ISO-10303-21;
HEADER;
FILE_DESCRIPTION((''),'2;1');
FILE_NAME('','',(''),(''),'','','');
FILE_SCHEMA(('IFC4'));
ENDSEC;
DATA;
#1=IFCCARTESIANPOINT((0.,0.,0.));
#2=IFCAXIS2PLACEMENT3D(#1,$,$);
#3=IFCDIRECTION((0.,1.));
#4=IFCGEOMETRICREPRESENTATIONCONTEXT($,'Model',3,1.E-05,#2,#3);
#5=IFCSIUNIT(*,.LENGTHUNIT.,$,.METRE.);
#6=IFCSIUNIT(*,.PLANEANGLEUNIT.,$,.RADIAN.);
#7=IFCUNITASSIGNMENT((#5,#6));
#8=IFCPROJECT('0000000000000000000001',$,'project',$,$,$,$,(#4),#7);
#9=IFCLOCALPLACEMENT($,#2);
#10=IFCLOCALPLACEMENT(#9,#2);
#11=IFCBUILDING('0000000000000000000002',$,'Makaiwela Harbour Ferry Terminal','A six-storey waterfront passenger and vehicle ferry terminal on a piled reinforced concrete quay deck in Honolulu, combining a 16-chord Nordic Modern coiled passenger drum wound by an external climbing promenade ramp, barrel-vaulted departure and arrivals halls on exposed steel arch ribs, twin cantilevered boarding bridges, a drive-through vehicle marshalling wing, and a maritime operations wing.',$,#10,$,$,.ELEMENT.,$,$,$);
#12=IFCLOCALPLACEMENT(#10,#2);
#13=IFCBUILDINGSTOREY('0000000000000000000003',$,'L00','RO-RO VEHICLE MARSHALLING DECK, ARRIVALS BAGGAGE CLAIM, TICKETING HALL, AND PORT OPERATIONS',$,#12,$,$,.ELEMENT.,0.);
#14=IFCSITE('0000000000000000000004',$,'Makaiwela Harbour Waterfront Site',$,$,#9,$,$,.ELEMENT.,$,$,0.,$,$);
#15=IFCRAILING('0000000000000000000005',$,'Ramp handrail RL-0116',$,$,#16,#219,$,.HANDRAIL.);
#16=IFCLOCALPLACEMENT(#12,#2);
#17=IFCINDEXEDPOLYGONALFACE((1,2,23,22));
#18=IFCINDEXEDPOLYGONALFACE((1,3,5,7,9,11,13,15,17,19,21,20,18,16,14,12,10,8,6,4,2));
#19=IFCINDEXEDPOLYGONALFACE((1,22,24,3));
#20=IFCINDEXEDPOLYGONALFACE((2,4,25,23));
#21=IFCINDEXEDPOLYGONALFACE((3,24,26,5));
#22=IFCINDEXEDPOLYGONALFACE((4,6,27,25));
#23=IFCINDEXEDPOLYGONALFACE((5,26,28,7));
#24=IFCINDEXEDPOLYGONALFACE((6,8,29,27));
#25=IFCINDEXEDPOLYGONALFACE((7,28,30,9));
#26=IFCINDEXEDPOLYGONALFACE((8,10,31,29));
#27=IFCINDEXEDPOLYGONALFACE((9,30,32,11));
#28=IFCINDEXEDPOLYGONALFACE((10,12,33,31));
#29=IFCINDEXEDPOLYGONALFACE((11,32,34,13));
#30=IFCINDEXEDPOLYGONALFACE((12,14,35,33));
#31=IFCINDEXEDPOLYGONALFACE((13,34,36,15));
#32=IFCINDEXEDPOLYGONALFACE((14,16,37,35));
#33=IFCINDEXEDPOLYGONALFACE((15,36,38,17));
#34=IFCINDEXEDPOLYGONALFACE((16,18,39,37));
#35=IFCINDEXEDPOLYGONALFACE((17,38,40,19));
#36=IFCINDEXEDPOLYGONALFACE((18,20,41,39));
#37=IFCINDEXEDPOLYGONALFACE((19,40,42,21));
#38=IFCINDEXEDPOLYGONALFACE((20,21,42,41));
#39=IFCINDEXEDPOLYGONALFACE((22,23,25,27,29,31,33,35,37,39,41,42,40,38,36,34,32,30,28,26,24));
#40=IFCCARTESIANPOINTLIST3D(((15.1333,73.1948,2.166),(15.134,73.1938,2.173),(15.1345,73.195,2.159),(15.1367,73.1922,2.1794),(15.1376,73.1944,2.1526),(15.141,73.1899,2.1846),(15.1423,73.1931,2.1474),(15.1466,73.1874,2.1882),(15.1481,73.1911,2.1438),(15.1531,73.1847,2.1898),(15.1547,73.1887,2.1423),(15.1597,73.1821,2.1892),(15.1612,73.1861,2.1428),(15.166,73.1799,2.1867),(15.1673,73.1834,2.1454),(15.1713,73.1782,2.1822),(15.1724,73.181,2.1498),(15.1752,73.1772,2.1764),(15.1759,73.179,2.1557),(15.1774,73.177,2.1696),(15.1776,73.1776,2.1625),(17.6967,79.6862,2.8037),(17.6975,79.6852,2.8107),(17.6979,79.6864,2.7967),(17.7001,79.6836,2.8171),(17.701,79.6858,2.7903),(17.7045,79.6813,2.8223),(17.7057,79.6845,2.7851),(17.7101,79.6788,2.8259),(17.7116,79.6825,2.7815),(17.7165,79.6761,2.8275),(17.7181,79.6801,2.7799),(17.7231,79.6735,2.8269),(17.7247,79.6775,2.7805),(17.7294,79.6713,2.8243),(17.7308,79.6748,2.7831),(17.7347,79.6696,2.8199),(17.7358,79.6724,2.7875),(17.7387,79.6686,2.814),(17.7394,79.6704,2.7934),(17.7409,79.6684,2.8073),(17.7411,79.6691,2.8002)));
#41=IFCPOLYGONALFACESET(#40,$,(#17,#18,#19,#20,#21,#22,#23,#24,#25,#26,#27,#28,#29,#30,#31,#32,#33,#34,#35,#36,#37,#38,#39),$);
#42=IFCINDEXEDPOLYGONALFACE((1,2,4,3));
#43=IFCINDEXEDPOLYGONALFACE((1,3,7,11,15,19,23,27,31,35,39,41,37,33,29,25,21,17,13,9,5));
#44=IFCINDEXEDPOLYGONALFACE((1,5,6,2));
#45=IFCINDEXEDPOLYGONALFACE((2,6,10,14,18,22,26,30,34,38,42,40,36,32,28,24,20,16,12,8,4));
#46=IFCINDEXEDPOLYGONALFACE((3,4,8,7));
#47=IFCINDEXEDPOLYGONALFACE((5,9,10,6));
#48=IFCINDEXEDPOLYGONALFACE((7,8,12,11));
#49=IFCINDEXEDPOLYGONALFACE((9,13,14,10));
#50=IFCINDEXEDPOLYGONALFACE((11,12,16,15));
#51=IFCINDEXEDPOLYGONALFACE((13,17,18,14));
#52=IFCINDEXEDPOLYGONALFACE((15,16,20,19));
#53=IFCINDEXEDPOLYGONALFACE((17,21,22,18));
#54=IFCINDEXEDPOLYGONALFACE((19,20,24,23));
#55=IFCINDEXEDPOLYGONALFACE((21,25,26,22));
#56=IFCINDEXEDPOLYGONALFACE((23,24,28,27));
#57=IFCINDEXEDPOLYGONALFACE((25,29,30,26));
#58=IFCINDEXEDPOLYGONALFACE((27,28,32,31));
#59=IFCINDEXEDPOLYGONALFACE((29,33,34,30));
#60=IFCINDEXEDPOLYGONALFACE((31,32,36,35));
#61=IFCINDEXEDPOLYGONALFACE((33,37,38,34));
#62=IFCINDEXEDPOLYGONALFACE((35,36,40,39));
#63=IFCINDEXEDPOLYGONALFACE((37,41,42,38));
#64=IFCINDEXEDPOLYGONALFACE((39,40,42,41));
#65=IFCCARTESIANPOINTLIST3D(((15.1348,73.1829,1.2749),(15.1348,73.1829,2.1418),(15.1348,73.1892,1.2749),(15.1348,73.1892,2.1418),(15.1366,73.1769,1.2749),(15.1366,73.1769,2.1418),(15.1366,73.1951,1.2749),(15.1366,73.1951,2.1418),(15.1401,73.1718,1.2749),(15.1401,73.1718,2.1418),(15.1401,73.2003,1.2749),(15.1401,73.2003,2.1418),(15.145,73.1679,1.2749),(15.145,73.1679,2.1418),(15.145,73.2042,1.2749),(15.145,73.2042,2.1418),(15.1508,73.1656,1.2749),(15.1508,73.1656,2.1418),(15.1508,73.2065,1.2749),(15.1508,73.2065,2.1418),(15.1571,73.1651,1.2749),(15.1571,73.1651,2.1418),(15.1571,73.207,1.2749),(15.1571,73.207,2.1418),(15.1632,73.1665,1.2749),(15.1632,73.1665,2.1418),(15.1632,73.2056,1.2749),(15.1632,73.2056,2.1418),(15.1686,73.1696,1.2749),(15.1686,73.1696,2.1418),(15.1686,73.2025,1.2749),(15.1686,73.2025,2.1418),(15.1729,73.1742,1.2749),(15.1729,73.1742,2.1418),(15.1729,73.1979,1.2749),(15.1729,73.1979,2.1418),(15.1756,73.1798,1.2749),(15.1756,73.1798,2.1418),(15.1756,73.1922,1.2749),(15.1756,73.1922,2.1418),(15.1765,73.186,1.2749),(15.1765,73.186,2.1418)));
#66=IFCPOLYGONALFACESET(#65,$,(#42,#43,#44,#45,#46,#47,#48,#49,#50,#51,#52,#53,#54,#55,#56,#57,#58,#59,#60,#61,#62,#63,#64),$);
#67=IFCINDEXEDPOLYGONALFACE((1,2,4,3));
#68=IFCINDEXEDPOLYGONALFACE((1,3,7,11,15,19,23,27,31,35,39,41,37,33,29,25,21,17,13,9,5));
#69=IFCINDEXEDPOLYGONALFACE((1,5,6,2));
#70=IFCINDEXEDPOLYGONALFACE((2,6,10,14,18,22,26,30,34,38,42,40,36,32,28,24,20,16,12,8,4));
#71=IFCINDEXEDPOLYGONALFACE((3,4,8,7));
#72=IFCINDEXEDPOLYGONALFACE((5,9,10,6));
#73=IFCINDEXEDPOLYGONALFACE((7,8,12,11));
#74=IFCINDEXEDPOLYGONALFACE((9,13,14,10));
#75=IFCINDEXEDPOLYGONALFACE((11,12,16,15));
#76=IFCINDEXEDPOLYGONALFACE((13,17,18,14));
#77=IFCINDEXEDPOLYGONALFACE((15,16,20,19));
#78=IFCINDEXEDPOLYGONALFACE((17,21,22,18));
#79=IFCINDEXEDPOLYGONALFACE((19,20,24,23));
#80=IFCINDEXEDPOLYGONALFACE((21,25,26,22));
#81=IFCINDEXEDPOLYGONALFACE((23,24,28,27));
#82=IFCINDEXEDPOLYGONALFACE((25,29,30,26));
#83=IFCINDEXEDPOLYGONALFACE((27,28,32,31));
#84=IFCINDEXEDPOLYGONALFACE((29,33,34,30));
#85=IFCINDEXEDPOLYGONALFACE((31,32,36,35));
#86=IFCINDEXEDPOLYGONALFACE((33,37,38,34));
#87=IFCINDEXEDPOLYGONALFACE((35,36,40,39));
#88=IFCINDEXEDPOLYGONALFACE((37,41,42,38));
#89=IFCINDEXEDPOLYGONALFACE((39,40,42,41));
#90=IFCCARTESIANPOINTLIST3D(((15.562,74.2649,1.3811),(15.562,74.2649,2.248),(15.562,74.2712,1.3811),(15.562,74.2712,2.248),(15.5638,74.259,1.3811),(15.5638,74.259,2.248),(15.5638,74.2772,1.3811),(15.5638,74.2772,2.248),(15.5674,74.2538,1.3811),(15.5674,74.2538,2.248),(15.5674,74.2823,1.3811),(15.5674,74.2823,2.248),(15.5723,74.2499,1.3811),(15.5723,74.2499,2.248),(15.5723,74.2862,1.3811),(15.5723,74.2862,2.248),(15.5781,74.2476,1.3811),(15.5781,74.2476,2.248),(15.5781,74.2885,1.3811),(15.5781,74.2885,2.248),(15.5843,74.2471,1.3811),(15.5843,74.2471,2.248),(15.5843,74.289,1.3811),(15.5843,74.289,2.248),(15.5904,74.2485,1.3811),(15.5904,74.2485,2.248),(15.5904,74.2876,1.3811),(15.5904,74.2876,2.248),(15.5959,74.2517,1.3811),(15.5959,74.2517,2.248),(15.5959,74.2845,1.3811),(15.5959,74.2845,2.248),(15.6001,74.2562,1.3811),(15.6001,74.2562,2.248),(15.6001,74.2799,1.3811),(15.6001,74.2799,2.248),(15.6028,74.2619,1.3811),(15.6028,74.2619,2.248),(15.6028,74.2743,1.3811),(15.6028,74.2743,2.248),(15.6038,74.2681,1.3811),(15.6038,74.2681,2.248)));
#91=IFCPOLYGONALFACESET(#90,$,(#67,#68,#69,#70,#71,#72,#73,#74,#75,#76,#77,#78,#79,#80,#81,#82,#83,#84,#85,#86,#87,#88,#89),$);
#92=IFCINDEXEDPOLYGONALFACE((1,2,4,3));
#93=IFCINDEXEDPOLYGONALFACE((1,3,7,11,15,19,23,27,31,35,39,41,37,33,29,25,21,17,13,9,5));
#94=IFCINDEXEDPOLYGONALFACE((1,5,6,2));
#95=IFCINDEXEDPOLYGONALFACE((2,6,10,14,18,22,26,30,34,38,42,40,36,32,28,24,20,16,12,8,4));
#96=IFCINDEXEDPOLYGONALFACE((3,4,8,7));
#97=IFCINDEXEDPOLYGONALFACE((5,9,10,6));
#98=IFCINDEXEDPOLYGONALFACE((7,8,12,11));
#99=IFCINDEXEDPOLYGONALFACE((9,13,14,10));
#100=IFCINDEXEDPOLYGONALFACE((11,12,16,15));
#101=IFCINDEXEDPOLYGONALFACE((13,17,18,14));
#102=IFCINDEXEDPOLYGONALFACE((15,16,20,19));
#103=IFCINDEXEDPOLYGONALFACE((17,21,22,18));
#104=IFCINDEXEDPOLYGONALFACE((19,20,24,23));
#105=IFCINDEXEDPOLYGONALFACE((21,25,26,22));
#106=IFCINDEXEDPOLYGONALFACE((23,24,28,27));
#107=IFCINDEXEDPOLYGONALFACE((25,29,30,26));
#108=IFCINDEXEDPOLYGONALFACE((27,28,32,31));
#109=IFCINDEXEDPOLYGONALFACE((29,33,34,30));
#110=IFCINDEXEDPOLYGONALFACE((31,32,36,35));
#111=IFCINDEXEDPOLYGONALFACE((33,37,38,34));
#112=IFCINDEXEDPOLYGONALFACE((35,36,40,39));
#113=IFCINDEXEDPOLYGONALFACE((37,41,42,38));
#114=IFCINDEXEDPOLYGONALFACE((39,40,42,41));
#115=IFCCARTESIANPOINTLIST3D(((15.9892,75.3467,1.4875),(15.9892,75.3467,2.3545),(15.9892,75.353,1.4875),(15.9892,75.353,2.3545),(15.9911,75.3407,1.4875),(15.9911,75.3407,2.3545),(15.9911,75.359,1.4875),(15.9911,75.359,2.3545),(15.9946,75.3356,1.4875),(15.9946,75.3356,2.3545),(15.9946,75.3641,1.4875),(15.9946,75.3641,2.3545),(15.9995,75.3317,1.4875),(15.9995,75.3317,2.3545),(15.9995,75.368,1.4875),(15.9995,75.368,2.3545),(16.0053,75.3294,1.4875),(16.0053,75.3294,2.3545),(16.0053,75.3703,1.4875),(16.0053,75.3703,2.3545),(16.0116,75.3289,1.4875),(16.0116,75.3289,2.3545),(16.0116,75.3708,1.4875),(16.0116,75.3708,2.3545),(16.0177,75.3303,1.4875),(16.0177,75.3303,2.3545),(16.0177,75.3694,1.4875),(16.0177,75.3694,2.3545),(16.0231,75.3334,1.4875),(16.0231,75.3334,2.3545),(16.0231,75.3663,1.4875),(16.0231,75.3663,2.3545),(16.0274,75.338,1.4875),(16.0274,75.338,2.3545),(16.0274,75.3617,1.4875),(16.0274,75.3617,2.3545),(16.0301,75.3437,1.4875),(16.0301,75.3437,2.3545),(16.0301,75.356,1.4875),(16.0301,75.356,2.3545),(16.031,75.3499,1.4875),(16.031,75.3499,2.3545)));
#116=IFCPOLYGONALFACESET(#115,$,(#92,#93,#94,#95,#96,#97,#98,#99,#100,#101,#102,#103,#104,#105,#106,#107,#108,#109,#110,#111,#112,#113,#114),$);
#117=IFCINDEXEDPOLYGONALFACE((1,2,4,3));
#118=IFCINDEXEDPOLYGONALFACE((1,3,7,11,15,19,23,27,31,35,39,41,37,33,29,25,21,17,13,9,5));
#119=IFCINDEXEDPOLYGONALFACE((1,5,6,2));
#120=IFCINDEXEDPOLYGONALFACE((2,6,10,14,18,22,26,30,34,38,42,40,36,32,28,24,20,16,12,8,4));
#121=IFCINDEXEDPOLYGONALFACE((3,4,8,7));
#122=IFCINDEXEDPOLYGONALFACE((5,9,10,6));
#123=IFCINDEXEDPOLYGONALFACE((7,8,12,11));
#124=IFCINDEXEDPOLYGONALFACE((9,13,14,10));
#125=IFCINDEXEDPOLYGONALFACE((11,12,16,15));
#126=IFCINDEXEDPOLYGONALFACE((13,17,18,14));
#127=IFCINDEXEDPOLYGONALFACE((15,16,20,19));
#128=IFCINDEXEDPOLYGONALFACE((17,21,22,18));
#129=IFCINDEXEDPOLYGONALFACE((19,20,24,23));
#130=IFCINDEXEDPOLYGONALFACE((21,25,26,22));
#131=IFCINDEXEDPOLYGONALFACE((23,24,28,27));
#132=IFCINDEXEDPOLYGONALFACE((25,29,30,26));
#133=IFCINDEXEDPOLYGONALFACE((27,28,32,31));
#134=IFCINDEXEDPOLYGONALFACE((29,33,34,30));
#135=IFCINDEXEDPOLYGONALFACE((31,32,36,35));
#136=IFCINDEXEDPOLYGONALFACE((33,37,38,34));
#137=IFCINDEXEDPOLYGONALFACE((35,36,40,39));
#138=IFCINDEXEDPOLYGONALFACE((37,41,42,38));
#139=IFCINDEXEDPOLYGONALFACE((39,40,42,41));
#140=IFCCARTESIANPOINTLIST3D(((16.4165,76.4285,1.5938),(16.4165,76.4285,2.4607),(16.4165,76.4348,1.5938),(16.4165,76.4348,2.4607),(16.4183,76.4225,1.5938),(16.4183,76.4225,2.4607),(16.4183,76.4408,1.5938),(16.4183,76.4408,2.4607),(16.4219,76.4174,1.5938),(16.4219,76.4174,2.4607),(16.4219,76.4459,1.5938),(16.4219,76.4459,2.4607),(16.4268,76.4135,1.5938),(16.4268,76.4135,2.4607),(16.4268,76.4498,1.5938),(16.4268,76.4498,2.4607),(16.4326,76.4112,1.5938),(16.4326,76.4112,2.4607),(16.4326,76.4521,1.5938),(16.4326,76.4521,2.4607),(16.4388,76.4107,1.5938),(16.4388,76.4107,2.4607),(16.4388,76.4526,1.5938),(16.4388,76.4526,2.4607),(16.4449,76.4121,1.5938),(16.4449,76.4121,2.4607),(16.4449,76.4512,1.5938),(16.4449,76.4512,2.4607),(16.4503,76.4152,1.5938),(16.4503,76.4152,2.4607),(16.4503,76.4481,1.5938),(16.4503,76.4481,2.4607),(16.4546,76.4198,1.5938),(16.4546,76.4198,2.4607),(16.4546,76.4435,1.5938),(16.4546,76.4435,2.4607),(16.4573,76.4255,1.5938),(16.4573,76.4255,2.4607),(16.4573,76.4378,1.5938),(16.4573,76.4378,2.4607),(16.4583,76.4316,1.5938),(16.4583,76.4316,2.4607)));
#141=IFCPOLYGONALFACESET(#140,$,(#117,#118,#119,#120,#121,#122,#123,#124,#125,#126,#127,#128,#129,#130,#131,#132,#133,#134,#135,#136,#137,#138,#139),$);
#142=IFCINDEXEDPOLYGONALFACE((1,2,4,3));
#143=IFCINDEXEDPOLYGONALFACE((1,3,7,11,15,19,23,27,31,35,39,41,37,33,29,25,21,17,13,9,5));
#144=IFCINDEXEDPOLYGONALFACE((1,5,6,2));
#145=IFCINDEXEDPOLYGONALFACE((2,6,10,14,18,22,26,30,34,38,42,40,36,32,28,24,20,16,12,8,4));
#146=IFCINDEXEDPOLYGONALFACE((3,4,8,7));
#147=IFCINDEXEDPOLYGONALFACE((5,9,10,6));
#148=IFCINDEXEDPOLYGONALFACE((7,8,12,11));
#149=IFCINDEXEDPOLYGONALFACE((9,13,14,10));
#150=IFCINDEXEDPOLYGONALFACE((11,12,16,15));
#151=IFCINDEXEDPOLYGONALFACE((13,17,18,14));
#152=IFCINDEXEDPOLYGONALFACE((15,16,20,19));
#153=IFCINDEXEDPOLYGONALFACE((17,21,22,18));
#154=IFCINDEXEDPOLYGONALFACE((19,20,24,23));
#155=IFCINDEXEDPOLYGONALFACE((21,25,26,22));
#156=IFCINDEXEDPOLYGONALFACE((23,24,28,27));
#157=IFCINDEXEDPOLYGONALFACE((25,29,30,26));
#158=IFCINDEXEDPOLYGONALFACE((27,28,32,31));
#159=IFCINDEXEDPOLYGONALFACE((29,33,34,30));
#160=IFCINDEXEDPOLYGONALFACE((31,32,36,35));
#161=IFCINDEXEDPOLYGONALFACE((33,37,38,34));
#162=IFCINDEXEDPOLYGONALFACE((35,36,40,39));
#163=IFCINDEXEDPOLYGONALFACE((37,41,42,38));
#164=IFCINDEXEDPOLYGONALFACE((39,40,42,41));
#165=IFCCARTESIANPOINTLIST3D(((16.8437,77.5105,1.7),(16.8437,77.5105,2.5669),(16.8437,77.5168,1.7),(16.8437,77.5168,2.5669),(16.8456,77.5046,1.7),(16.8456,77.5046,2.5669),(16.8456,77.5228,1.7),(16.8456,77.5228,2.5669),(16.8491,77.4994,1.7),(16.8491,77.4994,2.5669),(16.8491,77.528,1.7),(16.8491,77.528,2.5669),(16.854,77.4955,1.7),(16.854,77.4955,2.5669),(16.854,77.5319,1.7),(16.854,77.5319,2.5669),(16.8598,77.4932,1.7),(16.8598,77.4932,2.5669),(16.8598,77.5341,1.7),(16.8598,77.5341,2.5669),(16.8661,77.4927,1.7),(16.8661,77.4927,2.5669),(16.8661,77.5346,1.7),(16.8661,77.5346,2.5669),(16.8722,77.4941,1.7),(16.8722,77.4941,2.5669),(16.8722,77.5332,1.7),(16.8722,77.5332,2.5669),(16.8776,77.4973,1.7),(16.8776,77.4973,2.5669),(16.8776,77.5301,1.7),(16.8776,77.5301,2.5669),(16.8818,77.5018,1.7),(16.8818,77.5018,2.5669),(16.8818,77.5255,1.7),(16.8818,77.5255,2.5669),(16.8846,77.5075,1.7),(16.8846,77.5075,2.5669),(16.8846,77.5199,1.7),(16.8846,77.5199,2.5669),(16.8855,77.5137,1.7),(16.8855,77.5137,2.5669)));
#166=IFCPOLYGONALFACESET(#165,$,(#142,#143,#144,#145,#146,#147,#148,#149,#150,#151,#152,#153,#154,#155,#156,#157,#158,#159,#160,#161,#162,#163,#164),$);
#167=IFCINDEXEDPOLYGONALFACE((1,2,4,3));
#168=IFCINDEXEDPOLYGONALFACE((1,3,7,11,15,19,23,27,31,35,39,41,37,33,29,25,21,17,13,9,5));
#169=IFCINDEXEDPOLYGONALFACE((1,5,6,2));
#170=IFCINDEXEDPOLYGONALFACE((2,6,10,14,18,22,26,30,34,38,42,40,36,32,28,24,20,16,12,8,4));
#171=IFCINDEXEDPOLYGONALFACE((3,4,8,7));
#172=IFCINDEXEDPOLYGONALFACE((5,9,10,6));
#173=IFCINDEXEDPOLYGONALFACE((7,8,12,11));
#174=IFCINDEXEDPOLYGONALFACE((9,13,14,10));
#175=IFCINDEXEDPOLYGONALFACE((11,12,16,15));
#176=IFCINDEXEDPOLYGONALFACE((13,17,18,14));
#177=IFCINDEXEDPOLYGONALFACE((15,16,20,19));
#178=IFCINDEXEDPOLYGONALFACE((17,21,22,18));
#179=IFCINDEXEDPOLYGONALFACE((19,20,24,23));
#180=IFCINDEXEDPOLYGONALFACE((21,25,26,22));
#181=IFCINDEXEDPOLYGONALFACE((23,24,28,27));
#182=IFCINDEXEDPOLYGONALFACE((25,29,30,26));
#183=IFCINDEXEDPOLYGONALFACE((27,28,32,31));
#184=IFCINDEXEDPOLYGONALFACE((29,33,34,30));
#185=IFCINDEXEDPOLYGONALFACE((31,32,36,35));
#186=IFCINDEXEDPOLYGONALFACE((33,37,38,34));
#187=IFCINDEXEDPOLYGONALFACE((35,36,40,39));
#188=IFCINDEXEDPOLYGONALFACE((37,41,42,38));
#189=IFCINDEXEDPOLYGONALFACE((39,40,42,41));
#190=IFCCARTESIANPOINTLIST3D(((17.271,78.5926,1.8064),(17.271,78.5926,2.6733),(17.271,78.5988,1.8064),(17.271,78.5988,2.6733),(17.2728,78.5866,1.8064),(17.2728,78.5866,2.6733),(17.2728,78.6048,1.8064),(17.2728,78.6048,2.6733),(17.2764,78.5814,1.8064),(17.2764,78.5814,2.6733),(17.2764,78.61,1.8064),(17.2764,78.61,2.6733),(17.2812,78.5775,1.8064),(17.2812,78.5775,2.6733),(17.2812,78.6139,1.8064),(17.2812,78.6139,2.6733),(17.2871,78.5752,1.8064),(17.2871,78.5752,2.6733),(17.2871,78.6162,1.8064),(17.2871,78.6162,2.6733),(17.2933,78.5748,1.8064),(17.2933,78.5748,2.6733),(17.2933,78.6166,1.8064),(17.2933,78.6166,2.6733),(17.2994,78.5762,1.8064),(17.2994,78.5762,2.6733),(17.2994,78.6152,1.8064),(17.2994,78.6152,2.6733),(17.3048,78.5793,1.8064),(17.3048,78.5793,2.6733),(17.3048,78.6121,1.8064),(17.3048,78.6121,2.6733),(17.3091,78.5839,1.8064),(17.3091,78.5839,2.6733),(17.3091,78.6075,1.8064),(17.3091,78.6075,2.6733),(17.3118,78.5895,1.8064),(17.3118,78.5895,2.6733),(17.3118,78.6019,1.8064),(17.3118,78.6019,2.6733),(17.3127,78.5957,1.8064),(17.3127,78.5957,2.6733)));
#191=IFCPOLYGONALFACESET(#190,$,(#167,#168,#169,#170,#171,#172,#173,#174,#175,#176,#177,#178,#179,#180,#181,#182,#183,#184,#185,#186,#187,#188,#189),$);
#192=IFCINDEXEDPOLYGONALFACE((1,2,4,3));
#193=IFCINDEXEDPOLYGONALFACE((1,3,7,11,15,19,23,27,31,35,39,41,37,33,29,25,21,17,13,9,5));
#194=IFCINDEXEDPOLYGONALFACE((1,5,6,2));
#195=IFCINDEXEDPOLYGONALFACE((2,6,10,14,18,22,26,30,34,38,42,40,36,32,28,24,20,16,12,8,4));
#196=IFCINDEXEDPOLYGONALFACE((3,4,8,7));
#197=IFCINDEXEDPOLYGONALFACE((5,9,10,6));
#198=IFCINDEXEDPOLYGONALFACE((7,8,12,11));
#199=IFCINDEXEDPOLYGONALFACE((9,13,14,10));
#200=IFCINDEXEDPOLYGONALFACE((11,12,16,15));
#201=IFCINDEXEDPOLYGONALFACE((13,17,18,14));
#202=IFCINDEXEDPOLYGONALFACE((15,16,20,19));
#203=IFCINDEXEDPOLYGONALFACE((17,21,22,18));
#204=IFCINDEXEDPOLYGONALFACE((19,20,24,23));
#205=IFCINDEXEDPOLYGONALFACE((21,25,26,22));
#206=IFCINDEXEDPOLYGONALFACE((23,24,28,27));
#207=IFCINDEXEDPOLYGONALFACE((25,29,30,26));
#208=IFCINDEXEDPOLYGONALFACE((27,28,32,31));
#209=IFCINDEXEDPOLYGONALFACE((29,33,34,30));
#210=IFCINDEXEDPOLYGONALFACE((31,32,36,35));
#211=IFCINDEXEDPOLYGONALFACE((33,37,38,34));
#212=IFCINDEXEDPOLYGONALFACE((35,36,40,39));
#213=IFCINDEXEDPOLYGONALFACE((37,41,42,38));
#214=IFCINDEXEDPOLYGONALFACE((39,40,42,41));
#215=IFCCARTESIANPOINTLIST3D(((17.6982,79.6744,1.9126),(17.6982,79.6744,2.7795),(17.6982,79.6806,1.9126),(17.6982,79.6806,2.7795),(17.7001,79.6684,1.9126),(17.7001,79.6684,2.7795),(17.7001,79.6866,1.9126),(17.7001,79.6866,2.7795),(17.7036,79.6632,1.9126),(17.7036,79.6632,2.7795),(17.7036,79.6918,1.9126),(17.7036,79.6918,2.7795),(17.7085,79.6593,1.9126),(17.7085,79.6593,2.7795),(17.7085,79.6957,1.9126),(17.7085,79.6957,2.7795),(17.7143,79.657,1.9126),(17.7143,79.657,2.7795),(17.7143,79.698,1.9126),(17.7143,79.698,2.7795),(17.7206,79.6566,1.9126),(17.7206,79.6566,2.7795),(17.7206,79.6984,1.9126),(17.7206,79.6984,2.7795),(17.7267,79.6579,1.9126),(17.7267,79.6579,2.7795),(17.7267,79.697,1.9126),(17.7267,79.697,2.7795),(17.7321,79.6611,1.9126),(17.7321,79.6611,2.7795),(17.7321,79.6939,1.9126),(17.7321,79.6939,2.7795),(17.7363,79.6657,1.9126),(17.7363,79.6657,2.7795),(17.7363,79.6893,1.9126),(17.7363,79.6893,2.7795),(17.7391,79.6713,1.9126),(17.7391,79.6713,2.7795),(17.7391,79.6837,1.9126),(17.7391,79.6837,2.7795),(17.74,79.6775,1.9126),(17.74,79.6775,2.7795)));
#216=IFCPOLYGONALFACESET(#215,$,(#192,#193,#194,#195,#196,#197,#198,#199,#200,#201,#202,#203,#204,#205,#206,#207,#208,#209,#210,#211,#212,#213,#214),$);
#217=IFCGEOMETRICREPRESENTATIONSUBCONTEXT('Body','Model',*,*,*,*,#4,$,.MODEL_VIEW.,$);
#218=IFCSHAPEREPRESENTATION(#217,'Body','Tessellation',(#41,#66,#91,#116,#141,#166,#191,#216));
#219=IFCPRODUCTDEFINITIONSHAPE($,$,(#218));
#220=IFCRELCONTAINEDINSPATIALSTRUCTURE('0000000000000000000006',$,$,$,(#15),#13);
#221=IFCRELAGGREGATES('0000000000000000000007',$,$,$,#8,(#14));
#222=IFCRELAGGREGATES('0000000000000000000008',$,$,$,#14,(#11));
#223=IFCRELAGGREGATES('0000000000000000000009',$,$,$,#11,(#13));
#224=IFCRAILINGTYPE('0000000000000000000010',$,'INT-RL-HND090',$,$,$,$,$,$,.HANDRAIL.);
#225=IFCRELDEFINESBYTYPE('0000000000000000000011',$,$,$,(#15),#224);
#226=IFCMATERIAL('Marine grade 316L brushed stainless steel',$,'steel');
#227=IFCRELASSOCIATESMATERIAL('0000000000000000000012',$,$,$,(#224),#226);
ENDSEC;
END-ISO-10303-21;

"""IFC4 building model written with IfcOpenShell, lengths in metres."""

from ifc_helpers import new_model, si_unit, direction, frame, origin, origin_2d, place, context, subcontext, project, spatial, circle, extrude, material, type_object, element, save


model = new_model("IFC4")

# Units and contexts
model_context = context("Model", 3, precision=1e-05, world=origin(), true_north=direction((0.0, 1.0)))
body_context = subcontext(model_context, "Body", "Model", "MODEL_VIEW")
ifc_project = project(units=[si_unit("LENGTHUNIT", "METRE"), si_unit("PLANEANGLEUNIT", "RADIAN")], contexts=[model_context])

# Site, building, storey
site_placement = place(None, origin())
site = spatial("IfcSite", under=ifc_project, at=site_placement, Name="Makaiwela Harbour Waterfront Site", CompositionType="ELEMENT", RefElevation=0.0)
building_placement = place(site_placement, origin())
building = spatial("IfcBuilding", under=site, at=building_placement, Name="Makaiwela Harbour Ferry Terminal", Description="A six-storey waterfront passenger and vehicle ferry terminal on a piled reinforced concrete quay deck in Honolulu, combining a 16-chord Nordic Modern coiled passenger drum wound by an external climbing promenade ramp, barrel-vaulted departure and arrivals halls on exposed steel arch ribs, twin cantilevered boarding bridges, a drive-through vehicle marshalling wing, and a maritime operations wing.", CompositionType="ELEMENT")
storey_placement = place(building_placement, origin())
storey = spatial("IfcBuildingStorey", under=building, at=storey_placement, Name="L00", Description="RO-RO VEHICLE MARSHALLING DECK, ARRIVALS BAGGAGE CLAIM, TICKETING HALL, AND PORT OPERATIONS", CompositionType="ELEMENT", Elevation=0.0)

# Railing
ifc_material_1 = material(Name="Marine grade 316L brushed stainless steel", Category="steel")
railing_type_1 = type_object("IfcRailingType", Name="INT-RL-HND090", PredefinedType="HANDRAIL", material=ifc_material_1)
railing_1_placement = place(storey_placement, frame((15.1555, 73.186, 1.2749)))
element("IfcRailing", 1, at=railing_1_placement, inside=storey, type_object=railing_type_1, Name="Ramp handrail RL-0116", PredefinedType="HANDRAIL", context=body_context, shape_type="SweptSolid", body=[
    extrude(circle(Radius=0.0239, at=origin_2d()), frame((0.0, 0.0, 0.8911), z_axis=(0.365774, 0.926245, 0.090991), x_axis=(-0.930103, 0.367298, 0.0)), (0.0, 0.0, 1.0), 7.0083),
    extrude(circle(Radius=0.021, at=origin_2d()), origin(), (0.0, 0.0, 1.0), 0.8669),
    extrude(circle(Radius=0.021, at=origin_2d()), frame((0.4272, 1.082, 0.1062)), (0.0, 0.0, 1.0), 0.8669),
    extrude(circle(Radius=0.021, at=origin_2d()), frame((0.8545, 2.1638, 0.2126)), (0.0, 0.0, 1.0), 0.8669),
    extrude(circle(Radius=0.021, at=origin_2d()), frame((1.2817, 3.2456, 0.3188)), (0.0, 0.0, 1.0), 0.8669),
    extrude(circle(Radius=0.021, at=origin_2d()), frame((1.709, 4.3276, 0.425)), (0.0, 0.0, 1.0), 0.8669),
    extrude(circle(Radius=0.021, at=origin_2d()), frame((2.1362, 5.4097, 0.5315)), (0.0, 0.0, 1.0), 0.8669),
    extrude(circle(Radius=0.021, at=origin_2d()), frame((2.5635, 6.4915, 0.6377)), (0.0, 0.0, 1.0), 0.8669),
])

save(model, "model.ifc")
